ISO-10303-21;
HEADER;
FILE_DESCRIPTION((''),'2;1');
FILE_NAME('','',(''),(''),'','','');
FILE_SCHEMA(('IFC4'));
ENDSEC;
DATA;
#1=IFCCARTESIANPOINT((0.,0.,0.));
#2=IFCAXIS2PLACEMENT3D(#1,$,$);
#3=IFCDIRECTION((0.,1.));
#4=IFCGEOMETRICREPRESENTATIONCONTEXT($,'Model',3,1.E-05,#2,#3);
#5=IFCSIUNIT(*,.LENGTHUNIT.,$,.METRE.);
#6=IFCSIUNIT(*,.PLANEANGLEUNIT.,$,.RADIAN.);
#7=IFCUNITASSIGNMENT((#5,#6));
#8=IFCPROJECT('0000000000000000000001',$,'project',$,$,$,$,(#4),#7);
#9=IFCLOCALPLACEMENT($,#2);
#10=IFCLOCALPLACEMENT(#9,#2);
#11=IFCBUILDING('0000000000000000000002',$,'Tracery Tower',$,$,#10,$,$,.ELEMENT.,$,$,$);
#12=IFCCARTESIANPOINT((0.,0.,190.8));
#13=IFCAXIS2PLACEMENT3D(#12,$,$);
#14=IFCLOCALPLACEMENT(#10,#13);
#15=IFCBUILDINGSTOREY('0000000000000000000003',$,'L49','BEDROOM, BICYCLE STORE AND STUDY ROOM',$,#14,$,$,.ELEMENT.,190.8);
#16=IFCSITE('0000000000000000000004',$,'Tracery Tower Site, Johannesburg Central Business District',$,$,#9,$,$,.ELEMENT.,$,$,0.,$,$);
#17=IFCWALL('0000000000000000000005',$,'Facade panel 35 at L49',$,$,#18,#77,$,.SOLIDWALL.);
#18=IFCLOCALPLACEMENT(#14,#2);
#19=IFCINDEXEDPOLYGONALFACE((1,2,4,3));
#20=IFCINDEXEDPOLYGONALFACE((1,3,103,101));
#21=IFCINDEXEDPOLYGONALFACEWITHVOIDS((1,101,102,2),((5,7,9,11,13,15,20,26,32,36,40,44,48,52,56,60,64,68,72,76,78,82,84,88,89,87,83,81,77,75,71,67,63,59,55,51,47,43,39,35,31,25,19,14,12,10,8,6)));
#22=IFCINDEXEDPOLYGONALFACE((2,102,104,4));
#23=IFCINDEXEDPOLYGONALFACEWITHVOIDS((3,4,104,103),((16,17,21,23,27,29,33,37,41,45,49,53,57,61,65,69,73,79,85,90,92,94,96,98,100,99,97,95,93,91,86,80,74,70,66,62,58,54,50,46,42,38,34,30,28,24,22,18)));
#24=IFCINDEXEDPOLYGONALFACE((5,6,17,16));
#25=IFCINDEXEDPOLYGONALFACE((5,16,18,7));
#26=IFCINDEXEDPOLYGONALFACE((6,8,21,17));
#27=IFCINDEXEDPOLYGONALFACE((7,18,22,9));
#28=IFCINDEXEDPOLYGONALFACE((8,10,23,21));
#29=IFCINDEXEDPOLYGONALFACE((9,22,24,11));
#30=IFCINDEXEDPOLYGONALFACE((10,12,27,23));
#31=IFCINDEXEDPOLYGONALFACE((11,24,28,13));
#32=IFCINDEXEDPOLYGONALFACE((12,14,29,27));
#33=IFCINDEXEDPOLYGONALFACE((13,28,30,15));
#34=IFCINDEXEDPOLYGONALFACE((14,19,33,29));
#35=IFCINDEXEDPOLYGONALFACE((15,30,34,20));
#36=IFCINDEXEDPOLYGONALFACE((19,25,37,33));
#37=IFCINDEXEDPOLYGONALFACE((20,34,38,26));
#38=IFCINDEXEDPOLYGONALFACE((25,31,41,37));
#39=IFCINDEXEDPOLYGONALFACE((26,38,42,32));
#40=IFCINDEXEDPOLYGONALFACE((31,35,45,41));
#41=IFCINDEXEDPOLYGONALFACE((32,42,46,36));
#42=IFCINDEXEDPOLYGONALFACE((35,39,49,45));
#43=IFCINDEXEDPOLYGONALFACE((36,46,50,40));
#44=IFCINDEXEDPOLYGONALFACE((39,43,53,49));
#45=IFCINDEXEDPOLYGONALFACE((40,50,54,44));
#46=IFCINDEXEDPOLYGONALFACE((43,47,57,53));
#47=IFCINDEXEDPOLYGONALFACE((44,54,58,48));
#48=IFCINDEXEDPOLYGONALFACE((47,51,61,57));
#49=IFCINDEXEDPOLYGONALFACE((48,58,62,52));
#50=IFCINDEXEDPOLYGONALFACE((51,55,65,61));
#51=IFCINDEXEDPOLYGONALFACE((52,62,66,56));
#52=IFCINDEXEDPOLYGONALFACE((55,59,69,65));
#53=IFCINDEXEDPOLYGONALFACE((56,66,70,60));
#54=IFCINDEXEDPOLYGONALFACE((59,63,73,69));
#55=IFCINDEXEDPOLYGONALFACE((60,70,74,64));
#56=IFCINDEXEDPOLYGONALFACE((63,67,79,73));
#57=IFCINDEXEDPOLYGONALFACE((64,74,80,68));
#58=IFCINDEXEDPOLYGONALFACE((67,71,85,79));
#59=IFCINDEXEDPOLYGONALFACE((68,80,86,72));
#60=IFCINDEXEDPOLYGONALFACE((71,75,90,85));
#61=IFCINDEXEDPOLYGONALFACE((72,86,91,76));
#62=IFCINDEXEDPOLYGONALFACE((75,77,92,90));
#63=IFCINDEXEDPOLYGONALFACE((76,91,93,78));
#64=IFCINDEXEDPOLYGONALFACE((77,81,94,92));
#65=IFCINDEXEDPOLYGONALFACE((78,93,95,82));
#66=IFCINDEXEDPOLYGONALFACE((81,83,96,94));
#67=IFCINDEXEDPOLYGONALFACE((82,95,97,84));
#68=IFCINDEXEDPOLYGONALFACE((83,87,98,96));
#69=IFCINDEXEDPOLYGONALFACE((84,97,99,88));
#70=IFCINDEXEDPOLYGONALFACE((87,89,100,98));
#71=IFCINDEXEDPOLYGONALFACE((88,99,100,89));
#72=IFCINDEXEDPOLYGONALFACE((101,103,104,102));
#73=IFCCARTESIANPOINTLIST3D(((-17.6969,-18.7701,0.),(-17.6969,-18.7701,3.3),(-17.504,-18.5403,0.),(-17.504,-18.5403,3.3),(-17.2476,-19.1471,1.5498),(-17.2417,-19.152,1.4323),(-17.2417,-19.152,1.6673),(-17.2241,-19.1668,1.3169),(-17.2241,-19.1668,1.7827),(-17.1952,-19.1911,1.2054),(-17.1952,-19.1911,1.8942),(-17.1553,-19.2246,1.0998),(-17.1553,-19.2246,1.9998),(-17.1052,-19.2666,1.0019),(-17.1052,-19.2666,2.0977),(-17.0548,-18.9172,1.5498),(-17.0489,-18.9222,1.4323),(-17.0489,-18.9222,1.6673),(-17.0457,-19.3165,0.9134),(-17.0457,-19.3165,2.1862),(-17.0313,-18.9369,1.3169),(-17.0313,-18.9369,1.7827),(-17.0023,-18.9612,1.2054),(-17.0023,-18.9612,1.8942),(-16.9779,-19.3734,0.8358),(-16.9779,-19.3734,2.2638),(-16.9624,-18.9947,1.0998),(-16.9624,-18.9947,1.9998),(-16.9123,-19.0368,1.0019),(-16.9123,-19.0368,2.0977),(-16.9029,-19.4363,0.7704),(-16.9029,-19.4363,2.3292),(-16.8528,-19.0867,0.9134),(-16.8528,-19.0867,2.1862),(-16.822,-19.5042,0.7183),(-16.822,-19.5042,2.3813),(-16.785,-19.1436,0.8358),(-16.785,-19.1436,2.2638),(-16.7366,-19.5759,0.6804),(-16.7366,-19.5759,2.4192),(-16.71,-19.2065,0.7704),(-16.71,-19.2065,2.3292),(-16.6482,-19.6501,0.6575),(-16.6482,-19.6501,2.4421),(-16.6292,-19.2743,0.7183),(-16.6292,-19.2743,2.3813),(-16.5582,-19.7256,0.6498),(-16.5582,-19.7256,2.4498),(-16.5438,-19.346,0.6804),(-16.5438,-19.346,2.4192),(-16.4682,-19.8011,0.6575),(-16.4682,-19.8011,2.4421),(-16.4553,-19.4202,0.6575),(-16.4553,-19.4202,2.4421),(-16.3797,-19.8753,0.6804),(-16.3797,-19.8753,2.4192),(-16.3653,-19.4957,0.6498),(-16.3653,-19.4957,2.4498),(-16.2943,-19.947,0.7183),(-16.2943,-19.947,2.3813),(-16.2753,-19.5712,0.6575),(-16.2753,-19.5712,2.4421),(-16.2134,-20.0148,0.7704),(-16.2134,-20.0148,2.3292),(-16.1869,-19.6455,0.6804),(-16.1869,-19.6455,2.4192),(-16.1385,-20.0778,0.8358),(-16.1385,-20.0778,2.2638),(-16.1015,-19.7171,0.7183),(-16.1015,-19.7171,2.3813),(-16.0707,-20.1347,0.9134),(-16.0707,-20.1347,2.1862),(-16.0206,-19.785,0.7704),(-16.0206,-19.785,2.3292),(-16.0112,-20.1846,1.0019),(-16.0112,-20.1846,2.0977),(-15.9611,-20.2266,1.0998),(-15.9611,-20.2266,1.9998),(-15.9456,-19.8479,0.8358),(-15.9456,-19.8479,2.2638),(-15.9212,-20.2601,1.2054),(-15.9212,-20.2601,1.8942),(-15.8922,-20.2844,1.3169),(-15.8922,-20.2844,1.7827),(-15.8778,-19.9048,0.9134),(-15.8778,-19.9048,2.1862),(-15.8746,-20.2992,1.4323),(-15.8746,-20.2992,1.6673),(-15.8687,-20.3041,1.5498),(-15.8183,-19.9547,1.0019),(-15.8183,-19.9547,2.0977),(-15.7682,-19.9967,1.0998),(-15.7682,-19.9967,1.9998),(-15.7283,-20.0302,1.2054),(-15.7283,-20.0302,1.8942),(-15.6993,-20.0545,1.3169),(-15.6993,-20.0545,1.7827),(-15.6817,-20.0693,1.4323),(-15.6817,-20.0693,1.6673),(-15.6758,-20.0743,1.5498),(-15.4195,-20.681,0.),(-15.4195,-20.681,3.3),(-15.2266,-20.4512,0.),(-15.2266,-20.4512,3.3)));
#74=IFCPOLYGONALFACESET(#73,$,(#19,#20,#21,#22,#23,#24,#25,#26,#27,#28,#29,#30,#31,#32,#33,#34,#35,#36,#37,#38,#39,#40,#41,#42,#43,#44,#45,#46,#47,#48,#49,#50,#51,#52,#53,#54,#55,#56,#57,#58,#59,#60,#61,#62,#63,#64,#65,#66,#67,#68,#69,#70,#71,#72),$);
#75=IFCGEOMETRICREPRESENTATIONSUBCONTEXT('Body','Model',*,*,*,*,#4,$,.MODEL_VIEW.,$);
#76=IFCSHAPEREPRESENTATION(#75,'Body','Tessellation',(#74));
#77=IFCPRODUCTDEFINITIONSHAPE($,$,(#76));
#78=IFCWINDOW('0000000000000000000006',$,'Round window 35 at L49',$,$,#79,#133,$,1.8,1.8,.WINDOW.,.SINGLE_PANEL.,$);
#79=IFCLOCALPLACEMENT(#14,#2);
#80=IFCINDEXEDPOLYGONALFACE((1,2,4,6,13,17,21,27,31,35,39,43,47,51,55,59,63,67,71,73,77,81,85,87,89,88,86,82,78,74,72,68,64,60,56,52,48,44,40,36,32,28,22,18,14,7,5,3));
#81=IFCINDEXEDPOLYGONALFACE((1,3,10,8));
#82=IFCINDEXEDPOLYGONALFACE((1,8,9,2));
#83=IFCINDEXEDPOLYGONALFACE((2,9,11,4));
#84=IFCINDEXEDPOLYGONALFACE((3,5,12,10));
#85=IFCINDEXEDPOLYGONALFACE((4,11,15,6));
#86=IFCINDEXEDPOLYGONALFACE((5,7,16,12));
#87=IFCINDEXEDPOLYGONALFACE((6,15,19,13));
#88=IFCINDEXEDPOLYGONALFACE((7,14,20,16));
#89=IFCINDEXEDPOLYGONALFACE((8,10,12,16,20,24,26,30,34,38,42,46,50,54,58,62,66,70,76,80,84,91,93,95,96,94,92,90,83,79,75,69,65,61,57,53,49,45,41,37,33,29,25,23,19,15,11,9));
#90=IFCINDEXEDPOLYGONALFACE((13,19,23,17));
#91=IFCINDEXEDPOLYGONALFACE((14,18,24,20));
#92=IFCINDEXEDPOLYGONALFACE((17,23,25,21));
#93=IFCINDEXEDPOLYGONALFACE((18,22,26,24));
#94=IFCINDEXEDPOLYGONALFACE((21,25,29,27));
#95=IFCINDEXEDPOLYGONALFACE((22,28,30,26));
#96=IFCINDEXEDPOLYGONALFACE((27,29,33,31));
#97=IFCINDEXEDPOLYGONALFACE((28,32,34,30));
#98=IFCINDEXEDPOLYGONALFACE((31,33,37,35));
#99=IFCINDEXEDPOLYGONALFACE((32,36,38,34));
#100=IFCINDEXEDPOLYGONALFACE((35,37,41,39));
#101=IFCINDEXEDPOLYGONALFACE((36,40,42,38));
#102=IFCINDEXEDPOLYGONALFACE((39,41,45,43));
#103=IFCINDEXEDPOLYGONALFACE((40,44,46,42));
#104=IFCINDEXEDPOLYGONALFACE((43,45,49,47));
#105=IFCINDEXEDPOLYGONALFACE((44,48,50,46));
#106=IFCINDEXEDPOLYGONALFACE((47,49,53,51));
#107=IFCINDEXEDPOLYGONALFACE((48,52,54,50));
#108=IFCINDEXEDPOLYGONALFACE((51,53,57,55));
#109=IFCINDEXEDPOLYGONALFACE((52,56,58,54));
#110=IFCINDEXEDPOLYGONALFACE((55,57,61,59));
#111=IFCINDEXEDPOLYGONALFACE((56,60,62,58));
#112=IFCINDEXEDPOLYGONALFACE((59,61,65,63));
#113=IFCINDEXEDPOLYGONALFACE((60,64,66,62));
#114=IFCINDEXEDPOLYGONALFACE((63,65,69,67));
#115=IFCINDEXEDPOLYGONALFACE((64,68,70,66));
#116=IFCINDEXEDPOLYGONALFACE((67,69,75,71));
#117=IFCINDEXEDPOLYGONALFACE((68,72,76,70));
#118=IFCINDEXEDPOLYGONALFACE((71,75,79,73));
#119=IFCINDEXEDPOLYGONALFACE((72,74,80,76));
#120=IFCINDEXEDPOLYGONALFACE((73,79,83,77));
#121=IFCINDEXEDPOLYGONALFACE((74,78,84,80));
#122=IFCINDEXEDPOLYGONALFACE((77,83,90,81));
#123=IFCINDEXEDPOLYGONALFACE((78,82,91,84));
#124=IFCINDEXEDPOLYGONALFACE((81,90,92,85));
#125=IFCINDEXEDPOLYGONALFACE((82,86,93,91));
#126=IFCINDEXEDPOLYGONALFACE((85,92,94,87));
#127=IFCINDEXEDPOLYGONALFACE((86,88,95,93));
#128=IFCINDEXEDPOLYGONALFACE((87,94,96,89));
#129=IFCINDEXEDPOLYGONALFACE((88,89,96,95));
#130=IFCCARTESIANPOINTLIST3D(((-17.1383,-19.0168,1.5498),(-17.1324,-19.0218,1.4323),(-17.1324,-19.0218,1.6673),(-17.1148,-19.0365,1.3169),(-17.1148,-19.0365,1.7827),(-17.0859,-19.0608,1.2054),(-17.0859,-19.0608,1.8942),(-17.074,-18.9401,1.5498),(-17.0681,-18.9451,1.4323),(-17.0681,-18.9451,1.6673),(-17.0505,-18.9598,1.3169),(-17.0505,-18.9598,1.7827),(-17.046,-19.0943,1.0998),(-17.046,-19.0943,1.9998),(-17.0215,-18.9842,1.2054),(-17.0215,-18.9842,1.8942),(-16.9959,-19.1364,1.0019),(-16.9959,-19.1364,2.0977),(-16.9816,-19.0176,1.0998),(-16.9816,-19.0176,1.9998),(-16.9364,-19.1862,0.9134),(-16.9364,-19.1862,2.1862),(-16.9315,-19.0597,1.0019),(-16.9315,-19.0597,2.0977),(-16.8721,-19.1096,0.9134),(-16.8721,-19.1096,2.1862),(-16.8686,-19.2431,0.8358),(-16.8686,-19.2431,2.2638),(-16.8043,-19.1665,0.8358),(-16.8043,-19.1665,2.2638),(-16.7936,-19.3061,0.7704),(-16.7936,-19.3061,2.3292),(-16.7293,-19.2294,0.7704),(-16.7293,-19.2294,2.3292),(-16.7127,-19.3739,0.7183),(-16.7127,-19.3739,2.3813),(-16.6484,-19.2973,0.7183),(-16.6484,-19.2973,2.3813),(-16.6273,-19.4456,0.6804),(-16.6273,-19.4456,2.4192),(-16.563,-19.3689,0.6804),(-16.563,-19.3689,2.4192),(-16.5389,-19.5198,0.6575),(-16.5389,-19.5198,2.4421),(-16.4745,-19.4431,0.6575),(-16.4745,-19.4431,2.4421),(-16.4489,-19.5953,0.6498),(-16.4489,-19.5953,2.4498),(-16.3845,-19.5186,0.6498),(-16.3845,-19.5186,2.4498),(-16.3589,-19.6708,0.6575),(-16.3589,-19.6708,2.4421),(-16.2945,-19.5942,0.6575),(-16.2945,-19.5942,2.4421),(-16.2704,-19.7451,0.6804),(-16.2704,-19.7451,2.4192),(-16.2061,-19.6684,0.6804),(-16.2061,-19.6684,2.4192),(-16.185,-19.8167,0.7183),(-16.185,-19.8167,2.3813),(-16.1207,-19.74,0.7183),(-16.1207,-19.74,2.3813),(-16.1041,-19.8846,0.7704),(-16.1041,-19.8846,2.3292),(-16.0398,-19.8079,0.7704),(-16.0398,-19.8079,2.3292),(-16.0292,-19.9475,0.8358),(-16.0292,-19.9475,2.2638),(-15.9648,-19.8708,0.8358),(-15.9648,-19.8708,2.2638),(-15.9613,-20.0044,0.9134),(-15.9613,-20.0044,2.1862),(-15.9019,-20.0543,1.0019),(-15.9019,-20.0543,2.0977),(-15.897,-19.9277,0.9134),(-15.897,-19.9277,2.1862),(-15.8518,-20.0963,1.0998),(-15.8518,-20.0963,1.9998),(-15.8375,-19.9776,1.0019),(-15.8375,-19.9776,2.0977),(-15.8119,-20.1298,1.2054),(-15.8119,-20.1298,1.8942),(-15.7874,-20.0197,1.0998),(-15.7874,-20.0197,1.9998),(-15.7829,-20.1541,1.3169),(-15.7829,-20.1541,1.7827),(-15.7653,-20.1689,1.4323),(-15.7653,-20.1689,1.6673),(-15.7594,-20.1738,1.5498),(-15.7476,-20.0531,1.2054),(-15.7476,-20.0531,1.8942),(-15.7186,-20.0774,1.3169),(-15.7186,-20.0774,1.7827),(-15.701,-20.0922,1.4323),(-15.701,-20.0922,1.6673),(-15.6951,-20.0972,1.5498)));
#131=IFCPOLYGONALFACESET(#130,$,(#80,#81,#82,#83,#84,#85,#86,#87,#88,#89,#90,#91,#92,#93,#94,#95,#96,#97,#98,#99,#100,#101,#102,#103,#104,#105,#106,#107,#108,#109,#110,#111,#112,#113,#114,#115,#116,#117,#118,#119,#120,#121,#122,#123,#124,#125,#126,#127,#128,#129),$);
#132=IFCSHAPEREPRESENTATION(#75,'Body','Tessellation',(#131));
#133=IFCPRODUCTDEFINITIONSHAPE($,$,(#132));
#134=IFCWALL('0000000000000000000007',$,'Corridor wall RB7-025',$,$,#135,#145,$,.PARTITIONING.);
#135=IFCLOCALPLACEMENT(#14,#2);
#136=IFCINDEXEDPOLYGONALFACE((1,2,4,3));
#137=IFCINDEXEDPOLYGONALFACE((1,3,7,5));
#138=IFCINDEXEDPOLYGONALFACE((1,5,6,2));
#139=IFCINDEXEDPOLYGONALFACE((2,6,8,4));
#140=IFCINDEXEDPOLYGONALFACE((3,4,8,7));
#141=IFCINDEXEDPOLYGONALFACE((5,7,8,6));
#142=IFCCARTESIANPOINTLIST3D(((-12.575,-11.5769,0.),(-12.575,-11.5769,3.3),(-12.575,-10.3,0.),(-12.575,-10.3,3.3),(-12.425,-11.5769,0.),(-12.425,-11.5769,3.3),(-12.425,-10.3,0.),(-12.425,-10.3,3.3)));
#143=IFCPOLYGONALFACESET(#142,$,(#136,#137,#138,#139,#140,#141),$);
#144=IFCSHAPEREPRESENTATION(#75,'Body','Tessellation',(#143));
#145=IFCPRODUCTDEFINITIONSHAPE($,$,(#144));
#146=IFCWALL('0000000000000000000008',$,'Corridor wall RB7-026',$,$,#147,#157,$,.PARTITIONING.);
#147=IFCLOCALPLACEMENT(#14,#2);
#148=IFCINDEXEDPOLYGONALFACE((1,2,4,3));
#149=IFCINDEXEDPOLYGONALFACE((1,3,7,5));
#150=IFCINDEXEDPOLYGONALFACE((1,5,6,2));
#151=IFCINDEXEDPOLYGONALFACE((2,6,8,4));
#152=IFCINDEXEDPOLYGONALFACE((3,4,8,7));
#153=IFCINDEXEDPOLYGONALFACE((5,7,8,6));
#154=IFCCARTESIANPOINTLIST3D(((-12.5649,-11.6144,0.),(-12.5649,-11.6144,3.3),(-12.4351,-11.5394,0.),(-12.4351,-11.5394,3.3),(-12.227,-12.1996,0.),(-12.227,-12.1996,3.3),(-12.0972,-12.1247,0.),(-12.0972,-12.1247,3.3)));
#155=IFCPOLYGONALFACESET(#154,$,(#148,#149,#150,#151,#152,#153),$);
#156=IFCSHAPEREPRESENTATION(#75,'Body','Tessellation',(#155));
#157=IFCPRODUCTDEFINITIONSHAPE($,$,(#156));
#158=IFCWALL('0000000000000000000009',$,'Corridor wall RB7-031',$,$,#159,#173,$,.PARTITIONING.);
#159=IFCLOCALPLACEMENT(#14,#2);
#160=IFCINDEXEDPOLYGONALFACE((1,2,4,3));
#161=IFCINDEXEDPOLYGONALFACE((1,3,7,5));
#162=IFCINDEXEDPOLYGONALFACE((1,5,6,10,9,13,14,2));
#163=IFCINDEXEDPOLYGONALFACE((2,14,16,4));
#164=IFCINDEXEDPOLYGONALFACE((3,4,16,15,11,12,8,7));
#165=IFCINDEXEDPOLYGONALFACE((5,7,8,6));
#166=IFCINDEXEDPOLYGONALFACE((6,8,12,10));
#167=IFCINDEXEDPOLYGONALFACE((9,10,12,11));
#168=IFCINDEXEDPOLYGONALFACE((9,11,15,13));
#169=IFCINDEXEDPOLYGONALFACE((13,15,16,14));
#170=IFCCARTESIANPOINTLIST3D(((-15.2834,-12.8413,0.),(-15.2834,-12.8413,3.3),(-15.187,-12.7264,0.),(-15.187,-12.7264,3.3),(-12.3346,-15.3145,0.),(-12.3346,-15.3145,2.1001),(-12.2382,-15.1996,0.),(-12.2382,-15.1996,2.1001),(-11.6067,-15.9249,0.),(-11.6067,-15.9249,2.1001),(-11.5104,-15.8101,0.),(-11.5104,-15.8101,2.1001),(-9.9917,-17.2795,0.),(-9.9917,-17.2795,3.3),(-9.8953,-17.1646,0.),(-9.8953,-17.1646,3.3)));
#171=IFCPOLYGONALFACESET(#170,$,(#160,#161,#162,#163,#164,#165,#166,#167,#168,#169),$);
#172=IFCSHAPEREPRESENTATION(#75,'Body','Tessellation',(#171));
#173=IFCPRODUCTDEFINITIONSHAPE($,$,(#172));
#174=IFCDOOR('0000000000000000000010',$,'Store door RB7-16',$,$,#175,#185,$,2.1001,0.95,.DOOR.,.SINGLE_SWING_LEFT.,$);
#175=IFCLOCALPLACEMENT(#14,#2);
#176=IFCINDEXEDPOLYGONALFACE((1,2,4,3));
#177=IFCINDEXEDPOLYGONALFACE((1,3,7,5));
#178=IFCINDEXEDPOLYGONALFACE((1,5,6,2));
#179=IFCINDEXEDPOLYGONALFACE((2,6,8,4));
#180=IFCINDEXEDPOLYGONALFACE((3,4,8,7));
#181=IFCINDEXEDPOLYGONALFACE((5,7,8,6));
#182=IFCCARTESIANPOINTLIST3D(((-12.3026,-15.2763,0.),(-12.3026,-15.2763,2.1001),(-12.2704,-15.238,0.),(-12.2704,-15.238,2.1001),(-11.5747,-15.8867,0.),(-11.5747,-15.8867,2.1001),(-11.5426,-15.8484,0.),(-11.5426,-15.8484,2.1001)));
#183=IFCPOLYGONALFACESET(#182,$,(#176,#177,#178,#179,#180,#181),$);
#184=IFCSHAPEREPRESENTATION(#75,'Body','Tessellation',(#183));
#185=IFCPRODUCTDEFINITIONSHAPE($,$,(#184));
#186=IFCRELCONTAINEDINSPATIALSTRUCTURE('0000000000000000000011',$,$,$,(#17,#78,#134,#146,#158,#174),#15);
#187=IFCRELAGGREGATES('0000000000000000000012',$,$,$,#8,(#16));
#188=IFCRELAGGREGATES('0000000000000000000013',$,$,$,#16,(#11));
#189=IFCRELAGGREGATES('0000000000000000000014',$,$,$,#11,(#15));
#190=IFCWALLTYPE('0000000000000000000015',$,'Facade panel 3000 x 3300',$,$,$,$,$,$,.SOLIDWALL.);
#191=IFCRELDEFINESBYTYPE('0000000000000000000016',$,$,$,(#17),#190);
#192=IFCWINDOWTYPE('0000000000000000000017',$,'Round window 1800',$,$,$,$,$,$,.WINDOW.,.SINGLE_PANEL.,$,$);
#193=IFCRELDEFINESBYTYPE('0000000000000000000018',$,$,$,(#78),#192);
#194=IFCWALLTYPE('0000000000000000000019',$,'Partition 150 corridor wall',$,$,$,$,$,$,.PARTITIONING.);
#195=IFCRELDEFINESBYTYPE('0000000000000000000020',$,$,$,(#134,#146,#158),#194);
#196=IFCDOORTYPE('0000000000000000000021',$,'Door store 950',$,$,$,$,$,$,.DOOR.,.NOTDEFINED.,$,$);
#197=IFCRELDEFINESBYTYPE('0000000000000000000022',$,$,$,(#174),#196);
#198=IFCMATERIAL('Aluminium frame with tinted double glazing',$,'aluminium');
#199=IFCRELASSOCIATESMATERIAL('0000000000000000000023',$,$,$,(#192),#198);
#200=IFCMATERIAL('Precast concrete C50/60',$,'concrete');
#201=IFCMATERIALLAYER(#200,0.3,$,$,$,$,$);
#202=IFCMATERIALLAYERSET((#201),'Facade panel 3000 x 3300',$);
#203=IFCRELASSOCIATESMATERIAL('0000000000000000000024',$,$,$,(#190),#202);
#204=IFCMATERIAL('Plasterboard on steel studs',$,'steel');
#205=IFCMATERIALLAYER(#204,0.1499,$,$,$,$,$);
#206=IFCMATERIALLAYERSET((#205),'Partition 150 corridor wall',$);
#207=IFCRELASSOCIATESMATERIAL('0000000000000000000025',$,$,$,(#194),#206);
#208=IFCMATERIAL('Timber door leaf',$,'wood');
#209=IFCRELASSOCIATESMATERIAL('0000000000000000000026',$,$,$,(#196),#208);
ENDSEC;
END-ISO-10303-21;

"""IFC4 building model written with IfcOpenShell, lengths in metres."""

from ifc_helpers import new_model, si_unit, direction, frame, frame_2d, origin, origin_2d, place, context, subcontext, project, spatial, rectangle, circle, extrude, material, layer, layer_set, type_object, element, fill, save


model = new_model("IFC4")

# Units and contexts
model_context = context("Model", 3, precision=1e-05, world=origin(), true_north=direction((0.0, 1.0)))
body_context = subcontext(model_context, "Body", "Model", "MODEL_VIEW")
ifc_project = project(units=[si_unit("LENGTHUNIT", "METRE"), si_unit("PLANEANGLEUNIT", "RADIAN")], contexts=[model_context])

# Site, building, storey
site_placement = place(None, origin())
site = spatial("IfcSite", under=ifc_project, at=site_placement, Name="Tracery Tower Site, Johannesburg Central Business District", CompositionType="ELEMENT", RefElevation=0.0)
building_placement = place(site_placement, origin())
building = spatial("IfcBuilding", under=site, at=building_placement, Name="Tracery Tower", CompositionType="ELEMENT")
storey_placement = place(building_placement, frame((0.0, 0.0, 190.8)))
storey = spatial("IfcBuildingStorey", under=building, at=storey_placement, Name="L49", Description="BEDROOM, BICYCLE STORE AND STUDY ROOM", CompositionType="ELEMENT", Elevation=190.8)

# Wall, opening, window
ifc_material_1 = material(Name="Aluminium frame with tinted double glazing", Category="aluminium")
window_type = type_object("IfcWindowType", Name="Round window 1800", PartitioningType="SINGLE_PANEL", PredefinedType="WINDOW", material=ifc_material_1)
ifc_material_2 = material(Name="Precast concrete C50/60", Category="concrete")
ifc_layer_1 = layer(ifc_material_2, 0.3)
ifc_layer_set_1 = layer_set([ifc_layer_1], Name="Facade panel 3000 x 3300")
wall_type_1 = type_object("IfcWallType", Name="Facade panel 3000 x 3300", PredefinedType="SOLIDWALL", material=ifc_layer_set_1)
wall_1_placement = place(storey_placement, frame((-17.6003, -18.6553, 0.0), z_axis=(0.0, 0.0, 1.0), x_axis=(0.766049, -0.642782, 0.0)))
wall_1 = element("IfcWall", 1, at=wall_1_placement, inside=storey, type_object=wall_type_1, Name="Facade panel 35 at L49", PredefinedType="SOLIDWALL", context=body_context, shape_type="SweptSolid", body=[
    extrude(rectangle(XDim=2.9729, YDim=0.3, at=frame_2d((1.4863, 0.0))), origin(), (0.0, 0.0, 1.0), 3.3),
])
opening_1_placement = place(wall_1_placement, frame((1.4863, 0.0, 1.5498)))
opening_1 = element("IfcOpeningElement", 2, at=opening_1_placement, cuts=wall_1, PredefinedType="OPENING", context=body_context, shape_type="SweptSolid", body=[
    extrude(circle(Radius=0.9, at=origin_2d()), frame((0.0, 0.1599, 0.0), z_axis=(0.0, -1.0, 0.0), x_axis=(1.0, 0.0, 0.0)), (0.0, 0.0, 1.0), 0.3201),
])
window_1_placement = place(opening_1_placement, origin())
window_1 = element("IfcWindow", 3, at=window_1_placement, inside=storey, type_object=window_type, Name="Round window 35 at L49", OverallHeight=1.8, OverallWidth=1.8, PartitioningType="SINGLE_PANEL", PredefinedType="WINDOW", context=body_context, shape_type="SweptSolid", body=[
    extrude(circle(Radius=0.9, at=origin_2d()), frame((0.0, 0.1201, 0.0), z_axis=(0.0, -1.0, 0.0), x_axis=(1.0, 0.0, 0.0)), (0.0, 0.0, 1.0), 0.1001),
])
fill(opening_1, window_1)

# Walls
ifc_material_3 = material(Name="Plasterboard on steel studs", Category="steel")
ifc_layer_2 = layer(ifc_material_3, 0.1499)
ifc_layer_set_2 = layer_set([ifc_layer_2], Name="Partition 150 corridor wall")
wall_type_2 = type_object("IfcWallType", Name="Partition 150 corridor wall", PredefinedType="PARTITIONING", material=ifc_layer_set_2)
wall_2_placement = place(storey_placement, frame((-12.5, -11.5769, 0.0), z_axis=(0.0, 0.0, 1.0), x_axis=(0.0, 1.0, 0.0)))
element("IfcWall", 4, at=wall_2_placement, inside=storey, type_object=wall_type_2, Name="Corridor wall RB7-025", PredefinedType="PARTITIONING", context=body_context, shape_type="SweptSolid", body=[
    extrude(rectangle(XDim=1.2769, YDim=0.1499, at=frame_2d((0.6384, 0.0))), origin(), (0.0, 0.0, 1.0), 3.3),
])
wall_3_placement = place(storey_placement, frame((-12.5, -11.5769, 0.0), z_axis=(0.0, 0.0, 1.0), x_axis=(0.500025, -0.866011, 0.0)))
element("IfcWall", 5, at=wall_3_placement, inside=storey, type_object=wall_type_2, Name="Corridor wall RB7-026", PredefinedType="PARTITIONING", context=body_context, shape_type="SweptSolid", body=[
    extrude(rectangle(XDim=0.6758, YDim=0.1499, at=frame_2d((0.3379, 0.0))), origin(), (0.0, 0.0, 1.0), 3.3),
])

# Wall, opening, door
wall_4_placement = place(storey_placement, frame((-15.2351, -12.7839, 0.0), z_axis=(0.0, 0.0, 1.0), x_axis=(0.766192, -0.642612, 0.0)))
wall_4 = element("IfcWall", 6, at=wall_4_placement, inside=storey, type_object=wall_type_2, Name="Corridor wall RB7-031", PredefinedType="PARTITIONING", context=body_context, shape_type="SweptSolid", body=[
    extrude(rectangle(XDim=6.9065, YDim=0.1499, at=frame_2d((3.4531, 0.0))), origin(), (0.0, 0.0, 1.0), 3.3),
])
opening_2_placement = place(wall_4_placement, frame((3.8484, 0.0, 0.0)))
opening_2 = element("IfcOpeningElement", 7, at=opening_2_placement, cuts=wall_4, PredefinedType="OPENING", context=body_context, shape_type="SweptSolid", body=[
    extrude(rectangle(XDim=0.95, YDim=2.1001, at=frame_2d((0.4751, 1.05))), frame((0.0, 0.075, 0.0), z_axis=(0.0, -1.0, 0.0), x_axis=(1.0, 0.0, 0.0)), (0.0, 0.0, 1.0), 0.1499),
])
ifc_material_4 = material(Name="Timber door leaf", Category="wood")
door_type = type_object("IfcDoorType", Name="Door store 950", OperationType="NOTDEFINED", PredefinedType="DOOR", material=ifc_material_4)
door_placement = place(opening_2_placement, origin())
door = element("IfcDoor", 8, at=door_placement, inside=storey, type_object=door_type, Name="Store door RB7-16", OperationType="SINGLE_SWING_LEFT", OverallHeight=2.1001, OverallWidth=0.95, PredefinedType="DOOR", context=body_context, shape_type="SweptSolid", body=[
    extrude(rectangle(XDim=0.95, YDim=2.1001, at=frame_2d((0.4751, 1.05))), frame((0.0, 0.0249, 0.0), z_axis=(0.0, -1.0, 0.0), x_axis=(1.0, 0.0, 0.0)), (0.0, 0.0, 1.0), 0.05),
])
fill(opening_2, door)

save(model, "model.ifc")
